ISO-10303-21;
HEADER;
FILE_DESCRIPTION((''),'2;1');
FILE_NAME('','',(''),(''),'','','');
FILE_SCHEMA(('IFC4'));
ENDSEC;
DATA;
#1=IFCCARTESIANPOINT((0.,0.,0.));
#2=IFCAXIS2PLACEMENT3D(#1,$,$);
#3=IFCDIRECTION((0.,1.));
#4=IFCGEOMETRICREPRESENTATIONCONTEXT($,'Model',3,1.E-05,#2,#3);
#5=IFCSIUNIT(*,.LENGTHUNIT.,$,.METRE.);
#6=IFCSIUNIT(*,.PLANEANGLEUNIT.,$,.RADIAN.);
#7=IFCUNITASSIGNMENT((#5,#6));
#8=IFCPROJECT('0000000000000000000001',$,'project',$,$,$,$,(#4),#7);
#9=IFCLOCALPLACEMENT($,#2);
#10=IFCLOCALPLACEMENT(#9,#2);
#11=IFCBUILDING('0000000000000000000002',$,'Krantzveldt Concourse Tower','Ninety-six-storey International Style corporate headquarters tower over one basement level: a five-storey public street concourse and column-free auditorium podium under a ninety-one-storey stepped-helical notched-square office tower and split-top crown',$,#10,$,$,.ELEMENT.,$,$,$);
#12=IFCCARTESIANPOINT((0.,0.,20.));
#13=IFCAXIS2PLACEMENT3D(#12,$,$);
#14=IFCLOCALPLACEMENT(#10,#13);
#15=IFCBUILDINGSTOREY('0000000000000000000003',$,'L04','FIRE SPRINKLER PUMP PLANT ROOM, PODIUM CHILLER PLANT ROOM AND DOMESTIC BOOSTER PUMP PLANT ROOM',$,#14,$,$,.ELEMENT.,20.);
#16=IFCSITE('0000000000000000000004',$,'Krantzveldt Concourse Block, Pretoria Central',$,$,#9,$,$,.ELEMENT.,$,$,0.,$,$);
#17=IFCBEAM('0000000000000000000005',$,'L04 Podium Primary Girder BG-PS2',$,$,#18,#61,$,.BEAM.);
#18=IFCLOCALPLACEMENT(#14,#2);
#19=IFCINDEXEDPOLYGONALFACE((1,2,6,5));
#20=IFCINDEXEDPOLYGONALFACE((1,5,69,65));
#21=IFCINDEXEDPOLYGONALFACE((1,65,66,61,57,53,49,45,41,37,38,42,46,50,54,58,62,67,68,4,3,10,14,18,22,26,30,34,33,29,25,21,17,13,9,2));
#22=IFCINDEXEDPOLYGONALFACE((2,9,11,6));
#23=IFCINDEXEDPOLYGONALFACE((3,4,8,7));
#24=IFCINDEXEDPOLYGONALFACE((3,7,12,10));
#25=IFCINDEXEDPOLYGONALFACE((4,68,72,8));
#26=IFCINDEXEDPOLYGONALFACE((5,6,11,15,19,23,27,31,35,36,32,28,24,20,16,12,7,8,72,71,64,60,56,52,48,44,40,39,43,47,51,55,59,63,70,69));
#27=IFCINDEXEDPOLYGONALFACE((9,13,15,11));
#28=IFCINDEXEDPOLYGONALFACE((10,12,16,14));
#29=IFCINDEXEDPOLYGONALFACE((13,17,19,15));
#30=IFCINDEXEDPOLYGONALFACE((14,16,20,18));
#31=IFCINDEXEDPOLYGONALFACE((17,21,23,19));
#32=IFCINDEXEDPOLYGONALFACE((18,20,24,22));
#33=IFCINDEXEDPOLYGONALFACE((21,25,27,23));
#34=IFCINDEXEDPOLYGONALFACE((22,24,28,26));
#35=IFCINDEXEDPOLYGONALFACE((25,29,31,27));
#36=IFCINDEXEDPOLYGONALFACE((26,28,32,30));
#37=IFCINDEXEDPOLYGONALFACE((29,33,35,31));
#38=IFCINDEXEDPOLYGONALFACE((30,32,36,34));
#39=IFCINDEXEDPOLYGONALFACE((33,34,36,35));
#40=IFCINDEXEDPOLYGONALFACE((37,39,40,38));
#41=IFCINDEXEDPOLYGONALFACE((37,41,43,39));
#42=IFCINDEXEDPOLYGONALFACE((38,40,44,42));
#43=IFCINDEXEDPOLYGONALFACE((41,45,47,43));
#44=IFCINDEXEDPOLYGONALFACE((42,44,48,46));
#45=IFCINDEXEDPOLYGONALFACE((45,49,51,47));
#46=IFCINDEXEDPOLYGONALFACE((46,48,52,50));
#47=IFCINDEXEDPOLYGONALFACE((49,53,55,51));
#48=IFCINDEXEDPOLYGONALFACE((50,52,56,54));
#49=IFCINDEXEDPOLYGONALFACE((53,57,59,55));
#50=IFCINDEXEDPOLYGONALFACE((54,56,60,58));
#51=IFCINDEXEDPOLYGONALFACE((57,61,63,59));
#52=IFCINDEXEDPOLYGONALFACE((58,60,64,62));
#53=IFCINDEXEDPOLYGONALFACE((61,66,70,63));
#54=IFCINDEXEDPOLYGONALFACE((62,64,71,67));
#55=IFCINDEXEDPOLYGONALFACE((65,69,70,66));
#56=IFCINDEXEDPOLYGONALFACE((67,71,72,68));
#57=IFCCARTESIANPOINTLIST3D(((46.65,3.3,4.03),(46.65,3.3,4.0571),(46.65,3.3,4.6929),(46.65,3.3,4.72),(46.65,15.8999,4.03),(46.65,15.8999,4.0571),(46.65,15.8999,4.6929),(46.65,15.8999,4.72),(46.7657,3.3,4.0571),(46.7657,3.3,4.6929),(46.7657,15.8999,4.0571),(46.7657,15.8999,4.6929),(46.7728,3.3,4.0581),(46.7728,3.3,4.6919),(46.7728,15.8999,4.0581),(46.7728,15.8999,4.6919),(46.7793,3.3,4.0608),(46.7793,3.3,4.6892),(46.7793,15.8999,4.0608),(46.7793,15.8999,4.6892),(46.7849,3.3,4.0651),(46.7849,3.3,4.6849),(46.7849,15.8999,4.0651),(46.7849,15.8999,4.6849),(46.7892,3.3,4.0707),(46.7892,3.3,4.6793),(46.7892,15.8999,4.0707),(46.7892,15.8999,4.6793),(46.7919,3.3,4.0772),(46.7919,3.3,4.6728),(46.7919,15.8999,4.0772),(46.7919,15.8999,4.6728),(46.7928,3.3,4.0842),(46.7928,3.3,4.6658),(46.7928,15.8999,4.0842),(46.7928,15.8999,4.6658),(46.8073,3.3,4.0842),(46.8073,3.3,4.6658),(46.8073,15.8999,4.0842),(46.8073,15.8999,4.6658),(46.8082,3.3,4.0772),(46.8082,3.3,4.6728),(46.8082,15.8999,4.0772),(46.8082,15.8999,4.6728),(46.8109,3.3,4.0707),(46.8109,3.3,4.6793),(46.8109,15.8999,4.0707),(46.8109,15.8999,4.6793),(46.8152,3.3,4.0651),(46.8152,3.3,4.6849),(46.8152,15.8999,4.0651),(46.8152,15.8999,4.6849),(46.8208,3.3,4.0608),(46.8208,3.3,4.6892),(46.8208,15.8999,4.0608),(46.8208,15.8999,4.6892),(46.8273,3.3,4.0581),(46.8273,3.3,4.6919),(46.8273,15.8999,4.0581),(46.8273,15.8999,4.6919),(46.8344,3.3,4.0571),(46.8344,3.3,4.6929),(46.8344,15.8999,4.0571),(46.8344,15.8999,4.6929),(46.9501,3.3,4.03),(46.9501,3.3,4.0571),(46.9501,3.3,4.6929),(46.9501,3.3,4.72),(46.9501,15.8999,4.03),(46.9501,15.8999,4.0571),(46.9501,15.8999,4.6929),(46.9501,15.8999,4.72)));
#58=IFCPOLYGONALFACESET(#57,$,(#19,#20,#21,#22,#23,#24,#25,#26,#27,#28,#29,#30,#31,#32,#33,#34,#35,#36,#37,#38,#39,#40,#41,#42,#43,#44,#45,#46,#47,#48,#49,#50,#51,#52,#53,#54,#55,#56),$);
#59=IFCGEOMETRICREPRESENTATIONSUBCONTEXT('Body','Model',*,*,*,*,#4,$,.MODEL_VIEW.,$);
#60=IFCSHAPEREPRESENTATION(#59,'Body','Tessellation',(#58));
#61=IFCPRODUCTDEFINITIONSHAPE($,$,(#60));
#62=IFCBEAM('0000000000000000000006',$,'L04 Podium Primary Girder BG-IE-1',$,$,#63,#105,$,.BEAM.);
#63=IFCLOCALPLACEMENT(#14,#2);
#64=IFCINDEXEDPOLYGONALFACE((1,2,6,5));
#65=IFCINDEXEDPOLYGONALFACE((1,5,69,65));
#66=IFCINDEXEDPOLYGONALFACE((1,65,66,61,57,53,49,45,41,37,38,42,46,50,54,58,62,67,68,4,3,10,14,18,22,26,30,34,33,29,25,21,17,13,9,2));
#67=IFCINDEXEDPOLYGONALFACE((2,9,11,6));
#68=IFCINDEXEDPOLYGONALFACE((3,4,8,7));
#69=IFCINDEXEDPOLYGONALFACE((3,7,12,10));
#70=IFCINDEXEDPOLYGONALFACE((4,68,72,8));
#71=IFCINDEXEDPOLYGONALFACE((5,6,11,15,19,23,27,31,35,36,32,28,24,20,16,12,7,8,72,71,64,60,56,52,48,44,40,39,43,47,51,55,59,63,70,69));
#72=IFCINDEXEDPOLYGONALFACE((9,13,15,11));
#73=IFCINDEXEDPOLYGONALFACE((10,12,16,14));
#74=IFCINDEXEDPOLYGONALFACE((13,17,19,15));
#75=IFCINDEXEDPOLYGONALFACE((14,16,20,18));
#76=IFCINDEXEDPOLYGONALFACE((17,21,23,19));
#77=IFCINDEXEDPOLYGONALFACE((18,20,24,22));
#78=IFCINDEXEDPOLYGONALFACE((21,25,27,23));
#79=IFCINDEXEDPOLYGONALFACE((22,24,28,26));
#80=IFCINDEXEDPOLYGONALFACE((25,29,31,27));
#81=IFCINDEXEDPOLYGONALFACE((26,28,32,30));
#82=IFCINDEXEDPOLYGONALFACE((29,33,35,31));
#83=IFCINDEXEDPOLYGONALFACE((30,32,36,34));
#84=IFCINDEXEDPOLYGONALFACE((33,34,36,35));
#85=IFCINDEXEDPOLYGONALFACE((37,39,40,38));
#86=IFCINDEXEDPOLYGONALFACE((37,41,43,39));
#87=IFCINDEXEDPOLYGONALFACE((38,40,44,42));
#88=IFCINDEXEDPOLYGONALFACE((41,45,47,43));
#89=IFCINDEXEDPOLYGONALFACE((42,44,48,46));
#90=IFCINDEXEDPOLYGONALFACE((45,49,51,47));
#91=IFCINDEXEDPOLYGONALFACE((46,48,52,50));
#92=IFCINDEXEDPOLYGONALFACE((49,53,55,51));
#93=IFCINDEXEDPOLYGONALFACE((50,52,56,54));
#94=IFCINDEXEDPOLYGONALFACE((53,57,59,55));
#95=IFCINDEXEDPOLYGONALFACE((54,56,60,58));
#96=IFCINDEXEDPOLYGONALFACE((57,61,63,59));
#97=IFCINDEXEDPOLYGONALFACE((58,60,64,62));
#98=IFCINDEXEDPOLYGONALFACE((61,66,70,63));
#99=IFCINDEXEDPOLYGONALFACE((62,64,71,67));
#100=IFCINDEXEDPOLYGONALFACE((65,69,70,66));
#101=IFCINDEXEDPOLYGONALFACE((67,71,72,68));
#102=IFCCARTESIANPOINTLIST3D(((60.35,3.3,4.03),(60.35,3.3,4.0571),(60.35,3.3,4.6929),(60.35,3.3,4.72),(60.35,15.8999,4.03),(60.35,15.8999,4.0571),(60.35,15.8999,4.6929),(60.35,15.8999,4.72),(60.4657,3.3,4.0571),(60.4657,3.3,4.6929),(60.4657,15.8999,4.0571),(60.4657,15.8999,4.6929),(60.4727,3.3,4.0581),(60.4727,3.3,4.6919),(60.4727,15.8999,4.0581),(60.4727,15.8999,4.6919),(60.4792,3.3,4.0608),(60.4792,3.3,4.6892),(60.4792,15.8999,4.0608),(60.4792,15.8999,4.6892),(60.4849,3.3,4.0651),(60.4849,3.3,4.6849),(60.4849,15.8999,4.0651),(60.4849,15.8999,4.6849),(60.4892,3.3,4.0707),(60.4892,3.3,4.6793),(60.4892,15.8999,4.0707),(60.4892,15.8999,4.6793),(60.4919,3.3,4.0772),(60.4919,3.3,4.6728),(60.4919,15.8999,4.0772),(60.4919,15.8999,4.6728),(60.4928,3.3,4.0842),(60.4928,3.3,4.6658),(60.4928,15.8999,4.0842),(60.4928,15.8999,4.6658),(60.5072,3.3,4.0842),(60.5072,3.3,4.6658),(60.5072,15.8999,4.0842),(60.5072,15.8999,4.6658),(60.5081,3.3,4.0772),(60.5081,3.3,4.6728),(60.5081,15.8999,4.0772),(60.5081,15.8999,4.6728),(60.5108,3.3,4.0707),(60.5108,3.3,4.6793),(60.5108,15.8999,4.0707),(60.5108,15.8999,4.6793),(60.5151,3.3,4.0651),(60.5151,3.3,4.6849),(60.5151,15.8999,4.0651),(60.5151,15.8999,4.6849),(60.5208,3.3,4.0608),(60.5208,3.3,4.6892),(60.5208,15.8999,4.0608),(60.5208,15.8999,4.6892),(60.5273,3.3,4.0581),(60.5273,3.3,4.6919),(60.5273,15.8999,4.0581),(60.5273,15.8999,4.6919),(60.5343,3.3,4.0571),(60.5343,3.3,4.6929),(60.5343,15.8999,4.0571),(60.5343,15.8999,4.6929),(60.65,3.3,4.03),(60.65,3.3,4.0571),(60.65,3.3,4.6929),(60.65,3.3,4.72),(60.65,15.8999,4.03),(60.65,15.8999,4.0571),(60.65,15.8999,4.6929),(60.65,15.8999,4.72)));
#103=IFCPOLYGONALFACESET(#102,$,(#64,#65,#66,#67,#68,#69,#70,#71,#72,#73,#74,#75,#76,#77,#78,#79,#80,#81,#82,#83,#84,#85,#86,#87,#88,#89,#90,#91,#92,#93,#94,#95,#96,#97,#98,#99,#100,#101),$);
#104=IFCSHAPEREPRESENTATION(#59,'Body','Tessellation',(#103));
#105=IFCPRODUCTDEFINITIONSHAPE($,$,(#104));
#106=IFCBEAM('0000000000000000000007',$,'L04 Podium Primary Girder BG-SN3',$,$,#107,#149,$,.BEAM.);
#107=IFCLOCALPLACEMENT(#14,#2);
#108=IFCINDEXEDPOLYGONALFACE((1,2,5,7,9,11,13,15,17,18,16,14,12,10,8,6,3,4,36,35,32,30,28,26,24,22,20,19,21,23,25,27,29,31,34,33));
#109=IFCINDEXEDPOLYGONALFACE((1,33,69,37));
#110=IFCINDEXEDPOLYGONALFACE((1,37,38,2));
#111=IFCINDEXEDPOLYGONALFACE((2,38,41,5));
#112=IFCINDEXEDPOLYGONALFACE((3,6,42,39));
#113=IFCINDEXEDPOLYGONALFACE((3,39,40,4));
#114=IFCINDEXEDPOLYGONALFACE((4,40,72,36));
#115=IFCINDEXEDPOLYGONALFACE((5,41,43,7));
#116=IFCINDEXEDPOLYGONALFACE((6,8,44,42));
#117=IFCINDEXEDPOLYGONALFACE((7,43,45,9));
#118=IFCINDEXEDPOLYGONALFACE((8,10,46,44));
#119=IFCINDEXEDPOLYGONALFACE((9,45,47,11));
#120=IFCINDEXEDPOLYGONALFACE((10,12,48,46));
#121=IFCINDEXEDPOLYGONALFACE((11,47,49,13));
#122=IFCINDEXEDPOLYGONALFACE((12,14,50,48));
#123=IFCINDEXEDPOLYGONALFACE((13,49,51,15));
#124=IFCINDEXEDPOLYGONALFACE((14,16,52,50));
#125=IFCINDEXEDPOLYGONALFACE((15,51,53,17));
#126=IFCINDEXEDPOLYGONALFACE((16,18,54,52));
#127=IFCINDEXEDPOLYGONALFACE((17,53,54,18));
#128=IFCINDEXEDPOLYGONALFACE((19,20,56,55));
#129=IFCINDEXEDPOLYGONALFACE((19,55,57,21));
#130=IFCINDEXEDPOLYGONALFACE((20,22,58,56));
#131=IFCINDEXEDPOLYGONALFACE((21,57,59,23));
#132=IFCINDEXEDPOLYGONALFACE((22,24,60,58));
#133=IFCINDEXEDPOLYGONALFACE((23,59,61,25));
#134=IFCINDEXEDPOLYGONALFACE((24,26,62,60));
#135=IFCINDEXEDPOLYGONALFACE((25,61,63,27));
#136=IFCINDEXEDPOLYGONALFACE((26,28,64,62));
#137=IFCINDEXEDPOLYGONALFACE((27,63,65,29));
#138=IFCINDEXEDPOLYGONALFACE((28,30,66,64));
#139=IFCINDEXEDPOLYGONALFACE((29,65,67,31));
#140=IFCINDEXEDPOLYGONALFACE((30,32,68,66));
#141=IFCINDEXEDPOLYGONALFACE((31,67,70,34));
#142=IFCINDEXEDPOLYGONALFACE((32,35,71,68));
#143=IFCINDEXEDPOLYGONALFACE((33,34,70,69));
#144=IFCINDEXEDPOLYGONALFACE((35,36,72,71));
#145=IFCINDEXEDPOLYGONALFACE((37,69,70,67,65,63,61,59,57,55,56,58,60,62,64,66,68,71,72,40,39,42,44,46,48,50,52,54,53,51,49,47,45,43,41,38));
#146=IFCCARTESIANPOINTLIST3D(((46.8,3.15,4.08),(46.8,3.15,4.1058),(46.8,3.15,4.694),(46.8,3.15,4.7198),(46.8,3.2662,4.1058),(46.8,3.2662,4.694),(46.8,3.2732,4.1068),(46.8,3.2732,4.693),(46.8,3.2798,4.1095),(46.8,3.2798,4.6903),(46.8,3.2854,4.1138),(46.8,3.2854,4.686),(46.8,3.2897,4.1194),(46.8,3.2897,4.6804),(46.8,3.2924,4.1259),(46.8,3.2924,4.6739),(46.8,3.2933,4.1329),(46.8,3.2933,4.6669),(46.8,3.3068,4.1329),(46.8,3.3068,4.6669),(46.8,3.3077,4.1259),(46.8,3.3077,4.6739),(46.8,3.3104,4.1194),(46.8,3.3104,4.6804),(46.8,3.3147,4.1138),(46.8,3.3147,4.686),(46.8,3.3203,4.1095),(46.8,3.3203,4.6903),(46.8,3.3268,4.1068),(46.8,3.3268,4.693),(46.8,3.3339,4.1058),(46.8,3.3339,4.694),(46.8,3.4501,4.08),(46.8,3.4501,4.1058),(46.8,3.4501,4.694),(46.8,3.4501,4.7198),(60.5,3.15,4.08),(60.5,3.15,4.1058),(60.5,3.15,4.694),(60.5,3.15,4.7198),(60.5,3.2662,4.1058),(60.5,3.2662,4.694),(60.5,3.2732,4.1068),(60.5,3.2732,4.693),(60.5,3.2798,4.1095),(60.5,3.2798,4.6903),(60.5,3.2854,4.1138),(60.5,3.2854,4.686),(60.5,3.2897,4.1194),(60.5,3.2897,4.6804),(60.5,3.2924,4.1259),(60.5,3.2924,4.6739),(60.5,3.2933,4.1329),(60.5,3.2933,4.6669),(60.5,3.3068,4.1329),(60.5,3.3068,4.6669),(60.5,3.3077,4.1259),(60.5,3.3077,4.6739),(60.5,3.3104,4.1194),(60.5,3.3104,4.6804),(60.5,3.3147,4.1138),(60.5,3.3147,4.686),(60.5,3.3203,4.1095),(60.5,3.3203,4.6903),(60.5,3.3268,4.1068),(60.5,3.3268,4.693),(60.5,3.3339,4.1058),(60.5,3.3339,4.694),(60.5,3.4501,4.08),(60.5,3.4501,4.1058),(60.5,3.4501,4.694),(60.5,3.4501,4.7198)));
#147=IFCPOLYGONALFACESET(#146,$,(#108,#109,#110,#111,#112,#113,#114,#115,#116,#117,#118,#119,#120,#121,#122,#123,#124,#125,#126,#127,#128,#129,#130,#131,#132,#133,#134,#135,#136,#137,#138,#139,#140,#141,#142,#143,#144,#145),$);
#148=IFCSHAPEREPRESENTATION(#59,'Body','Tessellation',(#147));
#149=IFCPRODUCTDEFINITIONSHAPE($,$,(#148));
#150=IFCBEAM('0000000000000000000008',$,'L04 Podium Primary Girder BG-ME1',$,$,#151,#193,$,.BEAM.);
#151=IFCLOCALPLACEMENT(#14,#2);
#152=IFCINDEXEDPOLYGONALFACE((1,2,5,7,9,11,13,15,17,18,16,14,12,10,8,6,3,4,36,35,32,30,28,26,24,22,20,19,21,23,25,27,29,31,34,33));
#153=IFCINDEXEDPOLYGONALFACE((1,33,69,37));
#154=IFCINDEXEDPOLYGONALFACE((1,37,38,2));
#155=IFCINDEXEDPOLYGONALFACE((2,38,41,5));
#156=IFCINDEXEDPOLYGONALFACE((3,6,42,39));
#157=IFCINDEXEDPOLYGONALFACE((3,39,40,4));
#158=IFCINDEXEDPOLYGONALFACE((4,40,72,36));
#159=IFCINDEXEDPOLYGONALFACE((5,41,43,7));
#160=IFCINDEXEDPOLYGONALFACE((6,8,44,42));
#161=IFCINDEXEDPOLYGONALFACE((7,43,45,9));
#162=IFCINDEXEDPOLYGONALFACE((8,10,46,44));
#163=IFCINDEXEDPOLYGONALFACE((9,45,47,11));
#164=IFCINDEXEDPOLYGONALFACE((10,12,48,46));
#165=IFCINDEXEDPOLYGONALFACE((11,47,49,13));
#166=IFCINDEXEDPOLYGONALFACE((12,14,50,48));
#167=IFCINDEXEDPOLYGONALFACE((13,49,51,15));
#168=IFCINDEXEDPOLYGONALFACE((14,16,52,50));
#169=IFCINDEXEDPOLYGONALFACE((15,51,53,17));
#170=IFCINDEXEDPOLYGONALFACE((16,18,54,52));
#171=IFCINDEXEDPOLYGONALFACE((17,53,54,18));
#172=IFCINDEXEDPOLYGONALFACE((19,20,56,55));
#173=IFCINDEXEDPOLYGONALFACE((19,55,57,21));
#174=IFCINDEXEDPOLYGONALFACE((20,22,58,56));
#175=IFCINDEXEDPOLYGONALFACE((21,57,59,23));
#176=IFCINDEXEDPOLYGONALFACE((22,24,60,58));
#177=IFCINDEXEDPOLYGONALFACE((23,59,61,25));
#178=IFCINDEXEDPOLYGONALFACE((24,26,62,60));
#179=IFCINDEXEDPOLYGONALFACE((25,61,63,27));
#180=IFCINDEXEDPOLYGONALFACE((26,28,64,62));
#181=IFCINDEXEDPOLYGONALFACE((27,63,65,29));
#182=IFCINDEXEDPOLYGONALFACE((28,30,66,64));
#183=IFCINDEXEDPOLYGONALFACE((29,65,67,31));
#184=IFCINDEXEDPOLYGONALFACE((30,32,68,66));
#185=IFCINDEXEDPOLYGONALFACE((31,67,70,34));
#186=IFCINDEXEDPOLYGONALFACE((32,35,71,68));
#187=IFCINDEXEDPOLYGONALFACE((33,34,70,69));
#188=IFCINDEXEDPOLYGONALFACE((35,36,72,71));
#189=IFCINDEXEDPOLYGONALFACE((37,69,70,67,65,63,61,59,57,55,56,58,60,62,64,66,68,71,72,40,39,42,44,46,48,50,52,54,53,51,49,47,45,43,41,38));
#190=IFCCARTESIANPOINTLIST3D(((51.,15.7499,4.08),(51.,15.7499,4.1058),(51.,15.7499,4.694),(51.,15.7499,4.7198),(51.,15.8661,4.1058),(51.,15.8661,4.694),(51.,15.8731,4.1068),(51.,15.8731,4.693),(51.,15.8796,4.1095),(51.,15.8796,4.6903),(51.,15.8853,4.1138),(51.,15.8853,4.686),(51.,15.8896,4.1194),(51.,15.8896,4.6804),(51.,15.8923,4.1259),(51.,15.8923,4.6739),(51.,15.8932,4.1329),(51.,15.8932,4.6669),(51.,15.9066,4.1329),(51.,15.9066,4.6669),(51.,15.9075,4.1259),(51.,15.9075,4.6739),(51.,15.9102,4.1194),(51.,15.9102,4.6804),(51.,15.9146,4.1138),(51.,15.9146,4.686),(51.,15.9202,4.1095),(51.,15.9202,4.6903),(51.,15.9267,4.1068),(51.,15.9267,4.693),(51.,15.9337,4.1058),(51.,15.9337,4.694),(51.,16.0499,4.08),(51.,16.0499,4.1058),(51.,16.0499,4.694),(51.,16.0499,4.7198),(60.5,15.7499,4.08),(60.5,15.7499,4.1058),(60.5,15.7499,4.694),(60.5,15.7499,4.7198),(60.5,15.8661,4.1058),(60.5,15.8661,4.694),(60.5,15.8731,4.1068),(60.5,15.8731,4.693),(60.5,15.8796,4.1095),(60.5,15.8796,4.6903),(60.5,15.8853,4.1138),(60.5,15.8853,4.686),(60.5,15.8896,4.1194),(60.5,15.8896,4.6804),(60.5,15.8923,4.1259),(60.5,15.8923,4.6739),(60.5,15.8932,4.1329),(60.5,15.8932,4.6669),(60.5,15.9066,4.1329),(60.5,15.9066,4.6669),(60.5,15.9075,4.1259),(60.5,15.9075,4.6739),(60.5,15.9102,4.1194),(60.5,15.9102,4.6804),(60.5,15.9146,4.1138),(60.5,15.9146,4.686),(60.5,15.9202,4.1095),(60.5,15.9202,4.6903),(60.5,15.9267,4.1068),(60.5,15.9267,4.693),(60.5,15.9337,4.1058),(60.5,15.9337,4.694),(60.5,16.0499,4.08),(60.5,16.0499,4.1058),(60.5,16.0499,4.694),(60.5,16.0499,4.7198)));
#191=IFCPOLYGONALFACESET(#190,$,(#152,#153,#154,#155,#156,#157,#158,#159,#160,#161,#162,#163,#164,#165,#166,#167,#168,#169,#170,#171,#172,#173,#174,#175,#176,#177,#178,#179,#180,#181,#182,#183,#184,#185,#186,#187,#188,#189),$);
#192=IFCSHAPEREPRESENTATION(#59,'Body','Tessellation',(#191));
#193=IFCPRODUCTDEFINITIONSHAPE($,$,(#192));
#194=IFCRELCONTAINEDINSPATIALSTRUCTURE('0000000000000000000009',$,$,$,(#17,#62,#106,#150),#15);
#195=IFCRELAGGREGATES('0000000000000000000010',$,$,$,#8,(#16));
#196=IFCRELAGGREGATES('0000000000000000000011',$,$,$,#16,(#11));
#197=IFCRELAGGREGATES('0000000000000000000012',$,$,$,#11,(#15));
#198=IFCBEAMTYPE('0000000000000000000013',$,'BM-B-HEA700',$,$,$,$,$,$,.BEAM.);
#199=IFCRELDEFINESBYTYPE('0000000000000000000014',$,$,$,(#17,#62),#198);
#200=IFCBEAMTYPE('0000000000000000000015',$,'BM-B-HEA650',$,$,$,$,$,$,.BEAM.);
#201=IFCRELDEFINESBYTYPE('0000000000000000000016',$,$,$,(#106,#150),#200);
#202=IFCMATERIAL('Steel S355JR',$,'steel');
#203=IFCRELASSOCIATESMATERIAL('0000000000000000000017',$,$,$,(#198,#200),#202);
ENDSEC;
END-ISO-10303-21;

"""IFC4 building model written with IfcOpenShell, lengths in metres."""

from ifc_helpers import new_model, si_unit, direction, frame, origin, origin_2d, place, context, subcontext, project, spatial, i_section, extrude, source, transform, mapped, material, material_profile, profile_set, type_object, type_shapes, element, save


model = new_model("IFC4")

# Units and contexts
model_context = context("Model", 3, precision=1e-05, world=origin(), true_north=direction((0.0, 1.0)))
body_context = subcontext(model_context, "Body", "Model", "MODEL_VIEW")
ifc_project = project(units=[si_unit("LENGTHUNIT", "METRE"), si_unit("PLANEANGLEUNIT", "RADIAN")], contexts=[model_context])

# Site, building, storey
site_placement = place(None, origin())
site = spatial("IfcSite", under=ifc_project, at=site_placement, Name="Krantzveldt Concourse Block, Pretoria Central", CompositionType="ELEMENT", RefElevation=0.0)
building_placement = place(site_placement, origin())
building = spatial("IfcBuilding", under=site, at=building_placement, Name="Krantzveldt Concourse Tower", Description="Ninety-six-storey International Style corporate headquarters tower over one basement level: a five-storey public street concourse and column-free auditorium podium under a ninety-one-storey stepped-helical notched-square office tower and split-top crown", CompositionType="ELEMENT")
storey_placement = place(building_placement, frame((0.0, 0.0, 20.0)))
storey = spatial("IfcBuildingStorey", under=building, at=storey_placement, Name="L04", Description="FIRE SPRINKLER PUMP PLANT ROOM, PODIUM CHILLER PLANT ROOM AND DOMESTIC BOOSTER PUMP PLANT ROOM", CompositionType="ELEMENT", Elevation=20.0)

# Beams
ifc_material_1 = material(Name="Steel S355JR", Category="steel")
ifc_material_profile_1 = material_profile(ifc_material_1, i_section(OverallWidth=0.3, OverallDepth=0.6899, WebThickness=0.0144, FlangeThickness=0.0271, FilletRadius=0.0271, at=origin_2d()), Name="Steel S355JR", Category="steel")
ifc_profile_set_1 = profile_set([ifc_material_profile_1], Name="Steel S355JR - HEA 700")
beam_type_1 = type_object("IfcBeamType", Name="BM-B-HEA700", PredefinedType="BEAM", material=ifc_profile_set_1)
shared_shape_1 = source(origin(), body_context, "Body", "SweptSolid", [
    extrude(i_section(OverallWidth=0.3, OverallDepth=0.6899, WebThickness=0.0144, FlangeThickness=0.0271, FilletRadius=0.0271, at=origin_2d()), origin(), (0.0, 0.0, 1.0), 12.5999),
])
for number, where, z_axis, x_axis, name in (
    (1, (46.8, 3.3, 4.375), (0.0, 1.0, 0.0), (-1.0, 0.0, 0.0), "L04 Podium Primary Girder BG-PS2"),
    (2, (60.5, 3.3, 4.375), (0.0, 1.0, 0.0), (-1.0, 0.0, 0.0), "L04 Podium Primary Girder BG-IE-1"),
):
    element("IfcBeam", number, at=place(storey_placement, frame(where, z_axis=z_axis, x_axis=x_axis)), inside=storey, type_object=beam_type_1, Name=name, PredefinedType="BEAM", context=body_context, shape_type="MappedRepresentation", body=[
        mapped(shared_shape_1, transform((0.0, 0.0, 0.0), x_axis=(1.0, 0.0, 0.0), y_axis=(0.0, 1.0, 0.0), z_axis=(0.0, 0.0, 1.0), scale=1.0)),
    ])
ifc_material_profile_2 = material_profile(ifc_material_1, i_section(OverallWidth=0.3, OverallDepth=0.6399, WebThickness=0.0134, FlangeThickness=0.0259, FilletRadius=0.0271, at=origin_2d()), Name="Steel S355JR", Category="steel")
ifc_profile_set_2 = profile_set([ifc_material_profile_2], Name="Steel S355JR - HEA 650")
beam_type_2 = type_object("IfcBeamType", Name="BM-B-HEA650", PredefinedType="BEAM", material=ifc_profile_set_2)
shared_shape_2 = source(origin(), body_context, "Body", "SweptSolid", [
    extrude(i_section(OverallWidth=0.3, OverallDepth=0.6399, WebThickness=0.0134, FlangeThickness=0.0259, FilletRadius=0.0271, at=origin_2d()), origin(), (0.0, 0.0, 1.0), 13.7),
])
beam_1_placement = place(storey_placement, frame((46.8, 3.3, 4.3999), z_axis=(1.0, 0.0, 0.0), x_axis=(0.0, 1.0, 0.0)))
element("IfcBeam", 3, at=beam_1_placement, inside=storey, type_object=beam_type_2, Name="L04 Podium Primary Girder BG-SN3", PredefinedType="BEAM", context=body_context, shape_type="MappedRepresentation", body=[
    mapped(shared_shape_2, transform((0.0, 0.0, 0.0), x_axis=(1.0, 0.0, 0.0), y_axis=(0.0, 1.0, 0.0), z_axis=(0.0, 0.0, 1.0), scale=1.0)),
])
shared_shape_3 = source(origin(), body_context, "Body", "SweptSolid", [
    extrude(i_section(OverallWidth=0.3, OverallDepth=0.6399, WebThickness=0.0134, FlangeThickness=0.0259, FilletRadius=0.0271, at=origin_2d()), origin(), (0.0, 0.0, 1.0), 9.5),
])
type_shapes(beam_type_2, [shared_shape_2, shared_shape_3])
beam_2_placement = place(storey_placement, frame((51.0, 15.8999, 4.3999), z_axis=(1.0, 0.0, 0.0), x_axis=(0.0, 1.0, 0.0)))
element("IfcBeam", 4, at=beam_2_placement, inside=storey, type_object=beam_type_2, Name="L04 Podium Primary Girder BG-ME1", PredefinedType="BEAM", context=body_context, shape_type="MappedRepresentation", body=[
    mapped(shared_shape_3, transform((0.0, 0.0, 0.0), x_axis=(1.0, 0.0, 0.0), y_axis=(0.0, 1.0, 0.0), z_axis=(0.0, 0.0, 1.0), scale=1.0)),
])

save(model, "model.ifc")
